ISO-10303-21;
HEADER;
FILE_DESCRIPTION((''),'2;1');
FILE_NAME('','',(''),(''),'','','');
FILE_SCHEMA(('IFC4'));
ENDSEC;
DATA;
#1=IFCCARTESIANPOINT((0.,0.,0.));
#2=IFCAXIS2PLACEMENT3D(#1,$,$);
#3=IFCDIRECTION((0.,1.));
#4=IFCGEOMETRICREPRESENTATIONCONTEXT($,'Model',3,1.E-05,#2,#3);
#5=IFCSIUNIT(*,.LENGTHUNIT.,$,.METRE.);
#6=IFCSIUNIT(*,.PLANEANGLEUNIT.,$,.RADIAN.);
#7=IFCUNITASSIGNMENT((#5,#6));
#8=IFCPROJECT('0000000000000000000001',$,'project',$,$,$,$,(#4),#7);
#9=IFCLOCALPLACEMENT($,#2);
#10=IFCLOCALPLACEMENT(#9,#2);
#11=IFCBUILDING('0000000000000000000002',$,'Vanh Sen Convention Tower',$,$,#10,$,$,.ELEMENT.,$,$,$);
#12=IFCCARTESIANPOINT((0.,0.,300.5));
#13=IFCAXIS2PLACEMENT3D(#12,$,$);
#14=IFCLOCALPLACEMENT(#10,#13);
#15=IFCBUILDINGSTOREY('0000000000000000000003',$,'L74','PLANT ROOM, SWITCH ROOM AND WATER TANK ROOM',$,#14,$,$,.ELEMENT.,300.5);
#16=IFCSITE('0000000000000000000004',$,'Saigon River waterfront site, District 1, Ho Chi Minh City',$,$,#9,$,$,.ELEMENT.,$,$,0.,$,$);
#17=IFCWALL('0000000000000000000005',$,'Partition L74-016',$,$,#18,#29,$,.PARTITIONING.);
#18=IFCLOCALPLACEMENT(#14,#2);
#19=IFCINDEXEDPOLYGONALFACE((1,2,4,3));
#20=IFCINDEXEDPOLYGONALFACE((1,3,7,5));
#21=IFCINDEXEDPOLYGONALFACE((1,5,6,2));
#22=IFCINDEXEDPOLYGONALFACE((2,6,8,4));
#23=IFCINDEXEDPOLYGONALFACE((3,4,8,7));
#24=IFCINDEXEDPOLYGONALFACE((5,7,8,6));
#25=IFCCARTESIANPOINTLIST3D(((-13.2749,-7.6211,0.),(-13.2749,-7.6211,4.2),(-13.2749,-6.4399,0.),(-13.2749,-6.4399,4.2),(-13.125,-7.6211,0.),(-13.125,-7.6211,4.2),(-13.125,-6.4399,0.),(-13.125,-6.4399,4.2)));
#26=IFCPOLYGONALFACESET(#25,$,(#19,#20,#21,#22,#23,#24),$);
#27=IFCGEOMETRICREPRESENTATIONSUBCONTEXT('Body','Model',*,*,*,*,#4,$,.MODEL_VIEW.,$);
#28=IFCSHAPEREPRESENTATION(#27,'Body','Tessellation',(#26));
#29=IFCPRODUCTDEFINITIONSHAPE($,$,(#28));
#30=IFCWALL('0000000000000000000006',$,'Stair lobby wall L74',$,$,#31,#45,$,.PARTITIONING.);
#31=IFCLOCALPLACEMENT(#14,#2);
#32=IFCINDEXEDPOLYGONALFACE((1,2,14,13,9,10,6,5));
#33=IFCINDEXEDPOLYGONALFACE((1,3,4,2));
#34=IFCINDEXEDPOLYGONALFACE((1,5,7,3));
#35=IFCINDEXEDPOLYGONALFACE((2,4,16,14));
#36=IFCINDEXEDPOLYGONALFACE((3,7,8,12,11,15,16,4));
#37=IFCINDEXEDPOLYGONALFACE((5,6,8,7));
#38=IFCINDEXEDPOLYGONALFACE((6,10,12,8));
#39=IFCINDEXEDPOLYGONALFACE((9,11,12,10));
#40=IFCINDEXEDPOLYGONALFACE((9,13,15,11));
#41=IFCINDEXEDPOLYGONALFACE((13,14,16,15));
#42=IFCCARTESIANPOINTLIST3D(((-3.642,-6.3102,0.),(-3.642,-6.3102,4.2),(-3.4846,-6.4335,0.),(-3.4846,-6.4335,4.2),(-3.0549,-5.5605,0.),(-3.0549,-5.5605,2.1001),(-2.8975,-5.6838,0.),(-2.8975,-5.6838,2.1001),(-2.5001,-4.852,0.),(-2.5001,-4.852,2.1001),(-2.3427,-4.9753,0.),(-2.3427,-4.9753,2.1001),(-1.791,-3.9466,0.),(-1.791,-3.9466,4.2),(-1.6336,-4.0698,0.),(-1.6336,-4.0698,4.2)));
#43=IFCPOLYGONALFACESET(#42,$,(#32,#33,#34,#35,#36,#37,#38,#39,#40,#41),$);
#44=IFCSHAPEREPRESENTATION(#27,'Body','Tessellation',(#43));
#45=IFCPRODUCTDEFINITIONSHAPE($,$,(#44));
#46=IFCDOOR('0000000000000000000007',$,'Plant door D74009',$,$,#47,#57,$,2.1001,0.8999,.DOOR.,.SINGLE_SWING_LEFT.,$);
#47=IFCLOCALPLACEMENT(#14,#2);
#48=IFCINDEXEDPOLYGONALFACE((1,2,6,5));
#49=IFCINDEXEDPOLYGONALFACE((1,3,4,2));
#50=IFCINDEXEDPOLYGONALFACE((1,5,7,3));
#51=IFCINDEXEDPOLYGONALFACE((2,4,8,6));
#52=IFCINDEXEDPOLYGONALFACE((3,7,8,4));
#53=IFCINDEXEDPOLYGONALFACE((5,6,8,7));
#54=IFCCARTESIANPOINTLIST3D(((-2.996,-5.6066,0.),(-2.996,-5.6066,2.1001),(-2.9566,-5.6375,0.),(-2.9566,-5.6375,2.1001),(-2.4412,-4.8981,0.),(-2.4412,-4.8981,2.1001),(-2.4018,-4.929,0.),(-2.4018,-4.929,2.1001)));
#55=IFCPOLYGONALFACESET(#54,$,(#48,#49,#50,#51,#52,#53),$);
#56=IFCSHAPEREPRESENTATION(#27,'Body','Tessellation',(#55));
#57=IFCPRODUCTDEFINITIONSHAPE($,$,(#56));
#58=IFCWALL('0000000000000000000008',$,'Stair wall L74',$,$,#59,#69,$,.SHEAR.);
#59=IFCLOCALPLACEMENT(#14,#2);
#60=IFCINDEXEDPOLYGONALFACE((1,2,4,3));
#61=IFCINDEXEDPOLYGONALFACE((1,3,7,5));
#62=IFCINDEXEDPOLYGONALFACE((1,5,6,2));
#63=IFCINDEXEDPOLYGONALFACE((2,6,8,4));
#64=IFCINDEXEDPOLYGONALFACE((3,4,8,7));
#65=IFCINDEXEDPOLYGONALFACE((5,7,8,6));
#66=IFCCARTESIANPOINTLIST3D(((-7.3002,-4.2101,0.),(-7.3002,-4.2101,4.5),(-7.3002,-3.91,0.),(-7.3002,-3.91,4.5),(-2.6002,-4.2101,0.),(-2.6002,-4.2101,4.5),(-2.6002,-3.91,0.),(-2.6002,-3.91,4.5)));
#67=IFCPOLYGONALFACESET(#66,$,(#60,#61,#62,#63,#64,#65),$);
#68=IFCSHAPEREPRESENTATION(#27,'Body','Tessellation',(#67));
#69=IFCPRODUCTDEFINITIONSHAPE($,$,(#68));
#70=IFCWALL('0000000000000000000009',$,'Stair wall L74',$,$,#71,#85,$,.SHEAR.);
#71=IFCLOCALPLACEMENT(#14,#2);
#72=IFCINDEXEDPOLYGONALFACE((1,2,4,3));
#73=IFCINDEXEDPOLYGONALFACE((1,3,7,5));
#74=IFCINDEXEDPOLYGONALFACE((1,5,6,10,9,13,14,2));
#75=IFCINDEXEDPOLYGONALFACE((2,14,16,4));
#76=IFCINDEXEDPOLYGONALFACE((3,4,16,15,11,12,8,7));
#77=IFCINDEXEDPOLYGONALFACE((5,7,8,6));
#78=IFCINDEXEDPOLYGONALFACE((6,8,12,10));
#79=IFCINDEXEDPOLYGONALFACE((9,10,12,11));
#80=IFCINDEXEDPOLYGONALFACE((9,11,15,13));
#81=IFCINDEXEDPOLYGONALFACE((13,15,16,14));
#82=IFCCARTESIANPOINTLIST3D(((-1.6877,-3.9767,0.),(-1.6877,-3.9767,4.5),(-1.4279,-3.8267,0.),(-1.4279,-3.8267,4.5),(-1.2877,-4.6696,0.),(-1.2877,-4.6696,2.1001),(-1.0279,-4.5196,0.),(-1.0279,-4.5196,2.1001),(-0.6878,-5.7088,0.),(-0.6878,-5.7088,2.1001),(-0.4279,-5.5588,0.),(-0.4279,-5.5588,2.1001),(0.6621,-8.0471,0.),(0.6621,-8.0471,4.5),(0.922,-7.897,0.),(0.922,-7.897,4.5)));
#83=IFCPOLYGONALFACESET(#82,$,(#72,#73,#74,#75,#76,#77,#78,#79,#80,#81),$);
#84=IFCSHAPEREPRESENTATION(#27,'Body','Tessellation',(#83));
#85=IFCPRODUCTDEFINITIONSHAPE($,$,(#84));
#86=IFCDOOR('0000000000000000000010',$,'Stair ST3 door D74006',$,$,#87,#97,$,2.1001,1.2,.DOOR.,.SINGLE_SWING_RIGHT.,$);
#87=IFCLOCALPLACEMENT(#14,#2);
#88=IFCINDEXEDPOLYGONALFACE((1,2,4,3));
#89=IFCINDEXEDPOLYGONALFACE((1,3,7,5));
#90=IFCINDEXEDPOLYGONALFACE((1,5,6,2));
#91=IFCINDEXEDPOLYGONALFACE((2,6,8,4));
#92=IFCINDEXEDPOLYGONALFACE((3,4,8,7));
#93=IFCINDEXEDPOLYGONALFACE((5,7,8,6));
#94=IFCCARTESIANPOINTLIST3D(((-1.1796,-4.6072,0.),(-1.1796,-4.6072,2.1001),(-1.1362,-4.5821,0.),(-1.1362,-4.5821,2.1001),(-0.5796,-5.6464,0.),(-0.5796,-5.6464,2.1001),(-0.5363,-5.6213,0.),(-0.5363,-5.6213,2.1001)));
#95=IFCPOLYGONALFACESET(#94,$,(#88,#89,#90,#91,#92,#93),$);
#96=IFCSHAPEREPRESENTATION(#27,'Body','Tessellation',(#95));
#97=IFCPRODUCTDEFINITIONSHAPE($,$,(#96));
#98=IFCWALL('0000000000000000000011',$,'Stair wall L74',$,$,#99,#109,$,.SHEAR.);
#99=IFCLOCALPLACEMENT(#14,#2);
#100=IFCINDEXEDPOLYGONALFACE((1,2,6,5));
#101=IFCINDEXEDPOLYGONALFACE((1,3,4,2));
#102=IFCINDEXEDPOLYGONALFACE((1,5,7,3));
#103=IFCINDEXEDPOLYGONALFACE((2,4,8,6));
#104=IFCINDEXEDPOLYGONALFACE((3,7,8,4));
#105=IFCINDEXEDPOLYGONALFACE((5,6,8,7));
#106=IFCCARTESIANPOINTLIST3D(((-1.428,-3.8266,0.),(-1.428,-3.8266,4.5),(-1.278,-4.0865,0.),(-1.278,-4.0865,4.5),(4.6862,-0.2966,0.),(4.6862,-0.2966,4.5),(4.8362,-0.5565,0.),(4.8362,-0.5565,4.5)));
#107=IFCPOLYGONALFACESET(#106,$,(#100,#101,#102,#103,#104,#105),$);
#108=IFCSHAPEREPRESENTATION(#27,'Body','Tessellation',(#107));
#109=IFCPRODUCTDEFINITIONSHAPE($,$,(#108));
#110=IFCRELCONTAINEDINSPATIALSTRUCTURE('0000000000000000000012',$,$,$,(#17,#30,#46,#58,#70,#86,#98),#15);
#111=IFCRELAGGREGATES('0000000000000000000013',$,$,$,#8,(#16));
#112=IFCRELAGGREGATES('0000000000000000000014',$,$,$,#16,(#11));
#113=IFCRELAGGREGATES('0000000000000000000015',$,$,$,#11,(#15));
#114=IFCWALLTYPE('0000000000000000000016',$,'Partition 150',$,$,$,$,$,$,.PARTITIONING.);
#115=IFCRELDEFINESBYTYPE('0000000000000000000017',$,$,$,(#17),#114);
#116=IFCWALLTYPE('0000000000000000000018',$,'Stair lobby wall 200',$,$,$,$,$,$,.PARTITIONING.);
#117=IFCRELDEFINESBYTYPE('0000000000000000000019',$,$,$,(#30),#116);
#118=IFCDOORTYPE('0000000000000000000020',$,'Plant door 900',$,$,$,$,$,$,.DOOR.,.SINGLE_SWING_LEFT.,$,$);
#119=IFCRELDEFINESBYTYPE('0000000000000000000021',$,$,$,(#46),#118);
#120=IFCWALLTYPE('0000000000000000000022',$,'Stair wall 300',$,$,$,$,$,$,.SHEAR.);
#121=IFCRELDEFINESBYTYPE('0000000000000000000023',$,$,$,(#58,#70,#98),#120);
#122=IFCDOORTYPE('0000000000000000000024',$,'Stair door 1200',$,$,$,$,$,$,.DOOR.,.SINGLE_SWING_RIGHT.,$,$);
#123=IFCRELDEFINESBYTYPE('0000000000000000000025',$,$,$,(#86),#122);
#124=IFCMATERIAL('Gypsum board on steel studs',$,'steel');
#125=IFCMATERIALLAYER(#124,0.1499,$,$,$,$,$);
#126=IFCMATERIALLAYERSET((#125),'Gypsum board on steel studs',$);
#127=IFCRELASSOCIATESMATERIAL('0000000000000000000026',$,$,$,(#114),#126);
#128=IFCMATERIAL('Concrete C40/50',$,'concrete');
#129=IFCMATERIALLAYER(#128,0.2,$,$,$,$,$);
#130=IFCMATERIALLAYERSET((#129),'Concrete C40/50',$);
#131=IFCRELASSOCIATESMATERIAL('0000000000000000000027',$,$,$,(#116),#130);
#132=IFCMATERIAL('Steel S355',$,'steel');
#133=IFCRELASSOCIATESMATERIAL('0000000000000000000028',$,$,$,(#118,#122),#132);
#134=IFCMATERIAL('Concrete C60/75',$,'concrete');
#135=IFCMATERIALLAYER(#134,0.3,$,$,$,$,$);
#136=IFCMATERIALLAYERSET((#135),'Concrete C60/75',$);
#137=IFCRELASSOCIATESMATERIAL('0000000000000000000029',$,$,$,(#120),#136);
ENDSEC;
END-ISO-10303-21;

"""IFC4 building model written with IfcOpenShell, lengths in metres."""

from ifc_helpers import new_model, si_unit, direction, frame, frame_2d, origin, place, context, subcontext, project, spatial, rectangle, extrude, material, layer, layer_set, type_object, element, fill, save


model = new_model("IFC4")

# Units and contexts
model_context = context("Model", 3, precision=1e-05, world=origin(), true_north=direction((0.0, 1.0)))
body_context = subcontext(model_context, "Body", "Model", "MODEL_VIEW")
ifc_project = project(units=[si_unit("LENGTHUNIT", "METRE"), si_unit("PLANEANGLEUNIT", "RADIAN")], contexts=[model_context])

# Site, building, storey
site_placement = place(None, origin())
site = spatial("IfcSite", under=ifc_project, at=site_placement, Name="Saigon River waterfront site, District 1, Ho Chi Minh City", CompositionType="ELEMENT", RefElevation=0.0)
building_placement = place(site_placement, origin())
building = spatial("IfcBuilding", under=site, at=building_placement, Name="Vanh Sen Convention Tower", CompositionType="ELEMENT")
storey_placement = place(building_placement, frame((0.0, 0.0, 300.5)))
storey = spatial("IfcBuildingStorey", under=building, at=storey_placement, Name="L74", Description="PLANT ROOM, SWITCH ROOM AND WATER TANK ROOM", CompositionType="ELEMENT", Elevation=300.5)

# Shared definitions
ifc_material_1 = material(Name="Concrete C40/50", Category="concrete")

# Shared definitions
ifc_material_2 = material(Name="Concrete C60/75", Category="concrete")
ifc_material_3 = material(Name="Steel S355", Category="steel")

# Shared definitions
ifc_material_4 = material(Name="Gypsum board on steel studs", Category="steel")
ifc_layer_1 = layer(ifc_material_4, 0.1499)
ifc_layer_set_1 = layer_set([ifc_layer_1], Name="Gypsum board on steel studs")
wall_type_1 = type_object("IfcWallType", Name="Partition 150", PredefinedType="PARTITIONING", material=ifc_layer_set_1)

# Wall
wall_1_placement = place(storey_placement, frame((-13.2, -7.6211, 0.0), z_axis=(0.0, 0.0, 1.0), x_axis=(0.0, 1.0, 0.0)))
element("IfcWall", 1, at=wall_1_placement, inside=storey, type_object=wall_type_1, Name="Partition L74-016", PredefinedType="PARTITIONING", context=body_context, shape_type="SweptSolid", body=[
    extrude(rectangle(XDim=1.1812, YDim=0.1499, at=frame_2d((0.5906, 0.0))), origin(), (0.0, 0.0, 1.0), 4.2),
])

# Wall, opening, door
ifc_layer_2 = layer(ifc_material_1, 0.2)
ifc_layer_set_2 = layer_set([ifc_layer_2], Name="Concrete C40/50")
wall_type_2 = type_object("IfcWallType", Name="Stair lobby wall 200", PredefinedType="PARTITIONING", material=ifc_layer_set_2)
wall_2_placement = place(storey_placement, frame((-1.7124, -4.0083, 0.0), z_axis=(0.0, 0.0, 1.0), x_axis=(-0.616549, -0.787316, 0.0)))
wall_2 = element("IfcWall", 2, at=wall_2_placement, inside=storey, type_object=wall_type_2, Name="Stair lobby wall L74", PredefinedType="PARTITIONING", context=body_context, shape_type="SweptSolid", body=[
    extrude(rectangle(XDim=3.0022, YDim=0.2, at=frame_2d((1.501, 0.0))), origin(), (0.0, 0.0, 1.0), 4.2),
])
opening_1_placement = place(wall_2_placement, frame((1.1499, 0.0, 0.0)))
opening_1 = element("IfcOpeningElement", 3, at=opening_1_placement, cuts=wall_2, PredefinedType="OPENING", context=body_context, shape_type="SweptSolid", body=[
    extrude(rectangle(XDim=0.8999, YDim=2.1001, at=frame_2d((0.45, 1.05))), frame((0.0, 0.1099, 0.0), z_axis=(0.0, -1.0, 0.0), x_axis=(1.0, 0.0, 0.0)), (0.0, 0.0, 1.0), 0.22),
])
door_type_1 = type_object("IfcDoorType", Name="Plant door 900", OperationType="SINGLE_SWING_LEFT", PredefinedType="DOOR", material=ifc_material_3)
door_1_placement = place(opening_1_placement, origin())
door_1 = element("IfcDoor", 4, at=door_1_placement, inside=storey, type_object=door_type_1, Name="Plant door D74009", OperationType="SINGLE_SWING_LEFT", OverallHeight=2.1001, OverallWidth=0.8999, PredefinedType="DOOR", context=body_context, shape_type="SweptSolid", body=[
    extrude(rectangle(XDim=0.8999, YDim=2.1001, at=frame_2d((0.45, 1.05))), frame((0.0, 0.0249, 0.0), z_axis=(0.0, -1.0, 0.0), x_axis=(1.0, 0.0, 0.0)), (0.0, 0.0, 1.0), 0.05),
])
fill(opening_1, door_1)

# Wall
ifc_layer_3 = layer(ifc_material_2, 0.3)
ifc_layer_set_3 = layer_set([ifc_layer_3], Name="Concrete C60/75")
wall_type_3 = type_object("IfcWallType", Name="Stair wall 300", PredefinedType="SHEAR", material=ifc_layer_set_3)
wall_3_placement = place(storey_placement, frame((-2.6001, -4.0601, 0.0), z_axis=(0.0, 0.0, 1.0), x_axis=(-1.0, 0.0, 0.0)))
element("IfcWall", 5, at=wall_3_placement, inside=storey, type_object=wall_type_3, Name="Stair wall L74", PredefinedType="SHEAR", context=body_context, shape_type="SweptSolid", body=[
    extrude(rectangle(XDim=4.7, YDim=0.3, at=frame_2d((2.3501, 0.0))), origin(), (0.0, 0.0, 1.0), 4.5),
])

# Wall, opening, door
wall_4_placement = place(storey_placement, frame((-1.5579, -3.9016, 0.0), z_axis=(0.0, 0.0, 1.0), x_axis=(0.499977, -0.866039, 0.0)))
wall_4 = element("IfcWall", 6, at=wall_4_placement, inside=storey, type_object=wall_type_3, Name="Stair wall L74", PredefinedType="SHEAR", context=body_context, shape_type="SweptSolid", body=[
    extrude(rectangle(XDim=4.7, YDim=0.3, at=frame_2d((2.3501, 0.0))), origin(), (0.0, 0.0, 1.0), 4.5),
])
opening_2_placement = place(wall_4_placement, frame((0.8, 0.0, 0.0)))
opening_2 = element("IfcOpeningElement", 7, at=opening_2_placement, cuts=wall_4, PredefinedType="OPENING", context=body_context, shape_type="SweptSolid", body=[
    extrude(rectangle(XDim=1.2, YDim=2.1001, at=frame_2d((0.6001, 1.05))), frame((0.0, 0.1599, 0.0), z_axis=(0.0, -1.0, 0.0), x_axis=(1.0, 0.0, 0.0)), (0.0, 0.0, 1.0), 0.3201),
])
door_type_2 = type_object("IfcDoorType", Name="Stair door 1200", OperationType="SINGLE_SWING_RIGHT", PredefinedType="DOOR", material=ifc_material_3)
door_2_placement = place(opening_2_placement, origin())
door_2 = element("IfcDoor", 8, at=door_2_placement, inside=storey, type_object=door_type_2, Name="Stair ST3 door D74006", OperationType="SINGLE_SWING_RIGHT", OverallHeight=2.1001, OverallWidth=1.2, PredefinedType="DOOR", context=body_context, shape_type="SweptSolid", body=[
    extrude(rectangle(XDim=1.2, YDim=2.1001, at=frame_2d((0.6001, 1.05))), frame((0.0, 0.0249, 0.0), z_axis=(0.0, -1.0, 0.0), x_axis=(1.0, 0.0, 0.0)), (0.0, 0.0, 1.0), 0.05),
])
fill(opening_2, door_2)

# Wall
wall_5_placement = place(storey_placement, frame((-1.353, -3.9565, 0.0), z_axis=(0.0, 0.0, 1.0), x_axis=(0.866028, 0.499996, 0.0)))
element("IfcWall", 9, at=wall_5_placement, inside=storey, type_object=wall_type_3, Name="Stair wall L74", PredefinedType="SHEAR", context=body_context, shape_type="SweptSolid", body=[
    extrude(rectangle(XDim=7.0601, YDim=0.3, at=frame_2d((3.53, 0.0))), origin(), (0.0, 0.0, 1.0), 4.5),
])

save(model, "model.ifc")
